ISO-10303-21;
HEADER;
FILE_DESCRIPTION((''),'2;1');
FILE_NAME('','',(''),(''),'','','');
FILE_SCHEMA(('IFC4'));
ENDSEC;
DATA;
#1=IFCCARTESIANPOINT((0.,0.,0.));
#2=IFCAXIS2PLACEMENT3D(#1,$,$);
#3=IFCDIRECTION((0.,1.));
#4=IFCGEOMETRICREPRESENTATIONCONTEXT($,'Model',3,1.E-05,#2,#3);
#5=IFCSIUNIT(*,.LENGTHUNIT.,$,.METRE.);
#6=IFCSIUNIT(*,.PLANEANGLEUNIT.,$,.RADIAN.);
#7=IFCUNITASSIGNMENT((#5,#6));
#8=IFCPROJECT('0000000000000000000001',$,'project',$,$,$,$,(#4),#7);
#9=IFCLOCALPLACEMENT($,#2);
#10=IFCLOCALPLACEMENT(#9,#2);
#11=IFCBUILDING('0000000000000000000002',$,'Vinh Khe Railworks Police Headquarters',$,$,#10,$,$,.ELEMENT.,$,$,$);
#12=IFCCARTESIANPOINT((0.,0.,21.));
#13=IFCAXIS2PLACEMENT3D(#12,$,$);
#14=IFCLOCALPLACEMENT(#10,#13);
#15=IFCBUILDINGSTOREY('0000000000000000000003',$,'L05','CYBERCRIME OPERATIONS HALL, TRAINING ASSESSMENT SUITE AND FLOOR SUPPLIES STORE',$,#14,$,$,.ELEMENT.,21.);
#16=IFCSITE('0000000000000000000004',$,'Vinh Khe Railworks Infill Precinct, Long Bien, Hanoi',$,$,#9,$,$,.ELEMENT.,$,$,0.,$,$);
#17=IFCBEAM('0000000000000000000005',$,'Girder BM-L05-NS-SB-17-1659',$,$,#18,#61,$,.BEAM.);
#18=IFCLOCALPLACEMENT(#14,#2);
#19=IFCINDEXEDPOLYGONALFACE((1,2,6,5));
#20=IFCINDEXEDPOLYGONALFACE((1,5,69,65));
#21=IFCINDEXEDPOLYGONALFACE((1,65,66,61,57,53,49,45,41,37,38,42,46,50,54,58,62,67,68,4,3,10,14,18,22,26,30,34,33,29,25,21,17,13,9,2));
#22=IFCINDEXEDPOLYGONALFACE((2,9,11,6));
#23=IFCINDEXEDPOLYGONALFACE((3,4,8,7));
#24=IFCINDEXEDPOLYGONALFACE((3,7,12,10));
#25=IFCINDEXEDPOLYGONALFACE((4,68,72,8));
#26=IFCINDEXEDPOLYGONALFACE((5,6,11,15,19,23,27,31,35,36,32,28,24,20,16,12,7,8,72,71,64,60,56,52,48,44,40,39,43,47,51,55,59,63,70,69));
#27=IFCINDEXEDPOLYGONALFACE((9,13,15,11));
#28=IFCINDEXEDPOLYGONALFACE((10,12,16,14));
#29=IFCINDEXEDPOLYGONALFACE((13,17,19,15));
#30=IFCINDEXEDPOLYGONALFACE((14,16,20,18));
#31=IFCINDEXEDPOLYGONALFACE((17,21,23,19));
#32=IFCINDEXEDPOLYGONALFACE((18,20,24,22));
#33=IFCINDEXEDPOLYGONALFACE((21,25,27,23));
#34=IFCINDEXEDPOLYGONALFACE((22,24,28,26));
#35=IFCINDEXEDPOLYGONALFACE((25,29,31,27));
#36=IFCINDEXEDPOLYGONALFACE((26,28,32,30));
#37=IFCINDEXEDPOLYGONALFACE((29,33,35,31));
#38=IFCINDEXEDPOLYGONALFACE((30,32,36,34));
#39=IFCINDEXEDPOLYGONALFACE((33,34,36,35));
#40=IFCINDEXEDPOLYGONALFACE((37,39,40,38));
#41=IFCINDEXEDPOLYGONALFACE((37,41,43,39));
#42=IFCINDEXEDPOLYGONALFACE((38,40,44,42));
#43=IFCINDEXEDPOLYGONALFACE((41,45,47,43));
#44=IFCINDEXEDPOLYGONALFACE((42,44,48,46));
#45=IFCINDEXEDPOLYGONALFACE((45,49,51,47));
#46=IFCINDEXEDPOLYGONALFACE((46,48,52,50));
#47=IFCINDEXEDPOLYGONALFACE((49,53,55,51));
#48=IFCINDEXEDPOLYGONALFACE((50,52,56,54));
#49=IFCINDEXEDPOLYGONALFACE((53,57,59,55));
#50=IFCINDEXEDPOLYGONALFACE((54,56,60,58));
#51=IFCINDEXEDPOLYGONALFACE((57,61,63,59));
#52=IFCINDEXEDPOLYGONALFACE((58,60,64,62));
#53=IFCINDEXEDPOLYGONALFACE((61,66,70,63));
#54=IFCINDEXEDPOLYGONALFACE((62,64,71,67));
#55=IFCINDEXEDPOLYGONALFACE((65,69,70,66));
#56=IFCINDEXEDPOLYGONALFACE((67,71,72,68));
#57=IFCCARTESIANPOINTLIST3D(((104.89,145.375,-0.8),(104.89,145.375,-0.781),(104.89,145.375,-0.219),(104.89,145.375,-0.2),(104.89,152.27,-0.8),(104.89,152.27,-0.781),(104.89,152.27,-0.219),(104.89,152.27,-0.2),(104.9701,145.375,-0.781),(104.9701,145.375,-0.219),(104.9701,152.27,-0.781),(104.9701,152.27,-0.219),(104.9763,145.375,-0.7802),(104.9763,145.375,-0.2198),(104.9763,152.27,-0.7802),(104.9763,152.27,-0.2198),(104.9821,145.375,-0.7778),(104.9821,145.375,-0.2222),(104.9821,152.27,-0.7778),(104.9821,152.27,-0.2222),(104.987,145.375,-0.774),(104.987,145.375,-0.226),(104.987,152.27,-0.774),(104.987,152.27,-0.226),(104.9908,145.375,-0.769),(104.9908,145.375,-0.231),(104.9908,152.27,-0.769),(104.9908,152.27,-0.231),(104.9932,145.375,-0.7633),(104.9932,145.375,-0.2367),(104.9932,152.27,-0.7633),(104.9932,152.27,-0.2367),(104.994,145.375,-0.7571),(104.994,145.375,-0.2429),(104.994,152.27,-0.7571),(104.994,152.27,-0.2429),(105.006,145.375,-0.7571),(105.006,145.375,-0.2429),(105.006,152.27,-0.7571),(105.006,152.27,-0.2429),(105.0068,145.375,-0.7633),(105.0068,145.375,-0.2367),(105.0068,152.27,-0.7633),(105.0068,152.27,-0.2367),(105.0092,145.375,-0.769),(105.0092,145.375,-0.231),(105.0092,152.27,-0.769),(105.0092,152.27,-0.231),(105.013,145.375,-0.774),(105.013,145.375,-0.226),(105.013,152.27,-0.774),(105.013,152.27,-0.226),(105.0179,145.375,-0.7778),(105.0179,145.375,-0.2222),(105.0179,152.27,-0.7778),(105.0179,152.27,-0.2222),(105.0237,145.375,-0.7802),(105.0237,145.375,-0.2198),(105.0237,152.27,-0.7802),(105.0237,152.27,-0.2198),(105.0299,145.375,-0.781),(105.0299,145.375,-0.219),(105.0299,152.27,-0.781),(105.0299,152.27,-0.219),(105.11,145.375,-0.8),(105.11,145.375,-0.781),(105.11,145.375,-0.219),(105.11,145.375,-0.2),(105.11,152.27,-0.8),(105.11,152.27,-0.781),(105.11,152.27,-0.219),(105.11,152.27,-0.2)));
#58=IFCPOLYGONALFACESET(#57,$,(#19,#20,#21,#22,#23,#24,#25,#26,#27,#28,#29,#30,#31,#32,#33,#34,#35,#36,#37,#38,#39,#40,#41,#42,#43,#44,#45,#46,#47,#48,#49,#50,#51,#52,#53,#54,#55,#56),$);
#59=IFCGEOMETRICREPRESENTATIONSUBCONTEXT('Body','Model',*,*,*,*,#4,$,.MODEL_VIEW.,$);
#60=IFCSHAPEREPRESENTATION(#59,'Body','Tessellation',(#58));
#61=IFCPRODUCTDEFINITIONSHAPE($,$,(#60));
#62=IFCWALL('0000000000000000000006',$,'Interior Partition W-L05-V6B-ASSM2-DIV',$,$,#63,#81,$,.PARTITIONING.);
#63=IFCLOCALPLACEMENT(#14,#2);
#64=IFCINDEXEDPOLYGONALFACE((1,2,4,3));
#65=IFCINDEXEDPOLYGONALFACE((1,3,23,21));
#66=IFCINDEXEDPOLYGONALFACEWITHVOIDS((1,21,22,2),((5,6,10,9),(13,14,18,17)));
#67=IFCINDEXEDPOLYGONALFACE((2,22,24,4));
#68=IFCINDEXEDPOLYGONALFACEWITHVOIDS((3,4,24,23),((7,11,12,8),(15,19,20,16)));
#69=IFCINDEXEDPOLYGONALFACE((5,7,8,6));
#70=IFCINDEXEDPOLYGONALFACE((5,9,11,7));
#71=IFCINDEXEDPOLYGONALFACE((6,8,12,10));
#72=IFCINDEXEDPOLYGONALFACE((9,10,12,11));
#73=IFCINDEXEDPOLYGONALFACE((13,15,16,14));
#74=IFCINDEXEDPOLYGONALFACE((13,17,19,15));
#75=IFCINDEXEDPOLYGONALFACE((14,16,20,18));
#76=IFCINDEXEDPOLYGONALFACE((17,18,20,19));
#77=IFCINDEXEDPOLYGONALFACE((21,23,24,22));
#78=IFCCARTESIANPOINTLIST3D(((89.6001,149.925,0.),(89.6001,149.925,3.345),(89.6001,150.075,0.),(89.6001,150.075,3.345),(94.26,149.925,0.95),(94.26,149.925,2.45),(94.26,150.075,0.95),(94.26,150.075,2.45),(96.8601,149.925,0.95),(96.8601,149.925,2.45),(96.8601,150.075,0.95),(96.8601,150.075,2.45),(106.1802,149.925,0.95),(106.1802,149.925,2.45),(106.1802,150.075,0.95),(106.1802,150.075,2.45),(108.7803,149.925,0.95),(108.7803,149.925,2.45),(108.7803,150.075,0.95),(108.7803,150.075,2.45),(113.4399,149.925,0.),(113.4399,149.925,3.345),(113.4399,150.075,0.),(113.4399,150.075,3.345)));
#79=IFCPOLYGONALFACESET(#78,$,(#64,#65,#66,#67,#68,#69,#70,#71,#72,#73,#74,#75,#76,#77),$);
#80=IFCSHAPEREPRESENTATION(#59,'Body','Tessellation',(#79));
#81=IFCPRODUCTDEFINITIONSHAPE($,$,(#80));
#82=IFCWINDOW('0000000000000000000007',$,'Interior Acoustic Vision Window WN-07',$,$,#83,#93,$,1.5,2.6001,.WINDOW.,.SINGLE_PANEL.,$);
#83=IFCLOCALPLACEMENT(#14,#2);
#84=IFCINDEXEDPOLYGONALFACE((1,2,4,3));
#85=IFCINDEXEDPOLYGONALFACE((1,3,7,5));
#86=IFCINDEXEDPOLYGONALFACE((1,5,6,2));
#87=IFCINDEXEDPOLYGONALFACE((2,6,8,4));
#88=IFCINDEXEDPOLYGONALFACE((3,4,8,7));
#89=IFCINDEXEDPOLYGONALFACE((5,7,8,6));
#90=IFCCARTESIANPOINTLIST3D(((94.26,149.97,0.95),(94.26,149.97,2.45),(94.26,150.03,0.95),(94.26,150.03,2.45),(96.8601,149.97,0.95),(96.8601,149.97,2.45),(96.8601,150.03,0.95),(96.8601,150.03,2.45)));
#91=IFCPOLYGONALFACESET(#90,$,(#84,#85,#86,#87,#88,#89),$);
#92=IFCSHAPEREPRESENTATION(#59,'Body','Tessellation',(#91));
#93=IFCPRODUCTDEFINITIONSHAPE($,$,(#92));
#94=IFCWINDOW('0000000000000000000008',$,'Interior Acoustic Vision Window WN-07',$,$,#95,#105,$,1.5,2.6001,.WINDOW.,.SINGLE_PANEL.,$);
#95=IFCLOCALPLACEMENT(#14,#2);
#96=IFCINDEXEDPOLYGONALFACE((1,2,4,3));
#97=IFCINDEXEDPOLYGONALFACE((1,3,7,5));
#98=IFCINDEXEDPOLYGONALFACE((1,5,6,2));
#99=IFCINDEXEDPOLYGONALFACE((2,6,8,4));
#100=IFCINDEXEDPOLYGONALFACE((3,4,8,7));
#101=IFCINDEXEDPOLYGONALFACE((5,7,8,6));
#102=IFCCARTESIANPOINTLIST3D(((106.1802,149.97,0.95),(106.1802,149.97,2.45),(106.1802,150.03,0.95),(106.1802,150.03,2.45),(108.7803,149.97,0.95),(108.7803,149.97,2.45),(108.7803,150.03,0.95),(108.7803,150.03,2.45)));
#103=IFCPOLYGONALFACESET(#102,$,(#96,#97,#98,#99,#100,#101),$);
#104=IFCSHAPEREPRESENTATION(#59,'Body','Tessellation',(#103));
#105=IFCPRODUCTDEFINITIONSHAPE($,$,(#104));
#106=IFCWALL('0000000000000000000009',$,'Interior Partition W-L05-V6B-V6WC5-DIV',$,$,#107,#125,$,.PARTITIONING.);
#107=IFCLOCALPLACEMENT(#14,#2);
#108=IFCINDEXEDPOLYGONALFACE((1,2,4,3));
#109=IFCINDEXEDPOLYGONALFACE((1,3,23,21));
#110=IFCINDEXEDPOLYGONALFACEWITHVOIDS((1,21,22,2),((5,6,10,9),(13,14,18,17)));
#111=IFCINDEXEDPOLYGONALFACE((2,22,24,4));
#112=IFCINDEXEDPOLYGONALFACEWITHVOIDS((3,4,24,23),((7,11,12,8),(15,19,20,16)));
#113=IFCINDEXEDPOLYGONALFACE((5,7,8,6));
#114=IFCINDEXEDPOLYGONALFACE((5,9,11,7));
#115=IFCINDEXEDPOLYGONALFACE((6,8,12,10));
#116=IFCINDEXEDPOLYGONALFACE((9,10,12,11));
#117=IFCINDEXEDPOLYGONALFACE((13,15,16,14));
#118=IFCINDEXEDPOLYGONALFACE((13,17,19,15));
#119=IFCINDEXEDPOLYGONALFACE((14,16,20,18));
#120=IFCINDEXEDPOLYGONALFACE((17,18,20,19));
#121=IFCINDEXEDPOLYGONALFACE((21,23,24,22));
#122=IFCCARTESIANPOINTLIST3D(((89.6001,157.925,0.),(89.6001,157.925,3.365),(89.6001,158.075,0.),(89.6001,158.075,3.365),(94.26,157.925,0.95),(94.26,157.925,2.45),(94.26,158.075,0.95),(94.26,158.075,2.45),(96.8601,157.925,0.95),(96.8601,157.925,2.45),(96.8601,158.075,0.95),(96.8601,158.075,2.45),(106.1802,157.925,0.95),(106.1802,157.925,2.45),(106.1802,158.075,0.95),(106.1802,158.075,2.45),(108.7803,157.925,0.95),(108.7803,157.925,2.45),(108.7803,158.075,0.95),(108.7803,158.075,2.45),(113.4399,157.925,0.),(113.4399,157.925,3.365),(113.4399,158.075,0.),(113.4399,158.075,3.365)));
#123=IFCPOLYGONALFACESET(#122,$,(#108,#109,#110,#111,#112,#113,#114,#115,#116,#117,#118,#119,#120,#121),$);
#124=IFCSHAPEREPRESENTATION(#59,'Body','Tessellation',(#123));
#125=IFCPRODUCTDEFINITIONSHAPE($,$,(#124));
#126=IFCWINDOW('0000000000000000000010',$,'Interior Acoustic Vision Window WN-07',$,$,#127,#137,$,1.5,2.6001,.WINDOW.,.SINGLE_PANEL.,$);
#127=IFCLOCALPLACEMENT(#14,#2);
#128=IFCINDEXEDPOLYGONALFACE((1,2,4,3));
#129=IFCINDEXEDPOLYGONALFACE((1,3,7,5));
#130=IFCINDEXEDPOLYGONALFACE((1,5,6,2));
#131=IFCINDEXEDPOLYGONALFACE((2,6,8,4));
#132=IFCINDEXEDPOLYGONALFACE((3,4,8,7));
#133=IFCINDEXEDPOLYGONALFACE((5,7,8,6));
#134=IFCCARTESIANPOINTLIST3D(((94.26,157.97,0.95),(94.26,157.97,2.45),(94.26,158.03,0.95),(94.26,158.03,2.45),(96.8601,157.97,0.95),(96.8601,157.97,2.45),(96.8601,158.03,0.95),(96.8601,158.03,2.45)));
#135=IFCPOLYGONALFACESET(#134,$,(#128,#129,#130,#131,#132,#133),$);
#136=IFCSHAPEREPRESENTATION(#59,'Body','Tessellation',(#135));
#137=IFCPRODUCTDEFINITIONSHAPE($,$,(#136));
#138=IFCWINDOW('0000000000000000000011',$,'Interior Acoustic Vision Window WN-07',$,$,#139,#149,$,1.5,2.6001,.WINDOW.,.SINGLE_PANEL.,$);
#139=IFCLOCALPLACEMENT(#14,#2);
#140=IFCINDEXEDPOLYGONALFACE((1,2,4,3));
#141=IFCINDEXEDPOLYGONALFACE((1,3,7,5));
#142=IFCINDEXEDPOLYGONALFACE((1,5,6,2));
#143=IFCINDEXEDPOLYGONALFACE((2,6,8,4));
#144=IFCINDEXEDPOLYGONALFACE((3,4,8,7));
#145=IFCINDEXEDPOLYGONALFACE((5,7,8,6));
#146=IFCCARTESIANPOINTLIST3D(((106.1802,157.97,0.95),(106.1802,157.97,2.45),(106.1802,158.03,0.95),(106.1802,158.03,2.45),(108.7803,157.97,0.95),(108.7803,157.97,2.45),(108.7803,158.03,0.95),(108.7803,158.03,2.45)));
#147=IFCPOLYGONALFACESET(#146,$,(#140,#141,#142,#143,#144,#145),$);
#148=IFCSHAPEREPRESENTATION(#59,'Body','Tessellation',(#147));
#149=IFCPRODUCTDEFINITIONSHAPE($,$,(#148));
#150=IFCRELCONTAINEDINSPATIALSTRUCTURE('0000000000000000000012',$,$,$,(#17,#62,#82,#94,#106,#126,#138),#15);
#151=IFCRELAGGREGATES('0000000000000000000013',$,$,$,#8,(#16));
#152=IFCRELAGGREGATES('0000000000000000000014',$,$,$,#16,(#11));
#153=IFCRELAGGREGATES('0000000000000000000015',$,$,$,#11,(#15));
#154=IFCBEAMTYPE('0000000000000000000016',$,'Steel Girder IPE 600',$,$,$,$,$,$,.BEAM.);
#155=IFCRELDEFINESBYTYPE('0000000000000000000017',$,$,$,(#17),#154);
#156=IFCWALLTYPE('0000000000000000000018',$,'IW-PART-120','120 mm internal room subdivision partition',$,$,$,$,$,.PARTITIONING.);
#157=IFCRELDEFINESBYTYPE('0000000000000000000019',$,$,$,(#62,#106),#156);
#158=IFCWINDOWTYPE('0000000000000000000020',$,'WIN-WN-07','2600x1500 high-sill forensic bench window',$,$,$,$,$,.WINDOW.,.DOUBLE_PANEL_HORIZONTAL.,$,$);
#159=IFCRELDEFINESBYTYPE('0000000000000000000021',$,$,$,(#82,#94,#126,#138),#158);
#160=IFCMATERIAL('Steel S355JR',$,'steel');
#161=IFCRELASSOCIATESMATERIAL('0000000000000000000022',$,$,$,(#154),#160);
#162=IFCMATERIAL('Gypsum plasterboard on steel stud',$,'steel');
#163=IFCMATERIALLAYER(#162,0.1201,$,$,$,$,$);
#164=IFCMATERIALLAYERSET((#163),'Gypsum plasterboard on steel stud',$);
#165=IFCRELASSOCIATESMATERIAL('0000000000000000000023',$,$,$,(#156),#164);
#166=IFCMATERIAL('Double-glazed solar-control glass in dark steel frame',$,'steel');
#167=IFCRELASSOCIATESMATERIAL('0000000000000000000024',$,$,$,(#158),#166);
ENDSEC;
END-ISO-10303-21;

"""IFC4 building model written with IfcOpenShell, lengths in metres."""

from ifc_helpers import new_model, si_unit, direction, frame, frame_2d, origin, origin_2d, place, context, subcontext, project, spatial, rectangle, i_section, extrude, material, layer, layer_set, material_profile, profile_set, type_object, element, fill, save


model = new_model("IFC4")

# Units and contexts
model_context = context("Model", 3, precision=1e-05, world=origin(), true_north=direction((0.0, 1.0)))
body_context = subcontext(model_context, "Body", "Model", "MODEL_VIEW")
ifc_project = project(units=[si_unit("LENGTHUNIT", "METRE"), si_unit("PLANEANGLEUNIT", "RADIAN")], contexts=[model_context])

# Site, building, storey
site_placement = place(None, origin())
site = spatial("IfcSite", under=ifc_project, at=site_placement, Name="Vinh Khe Railworks Infill Precinct, Long Bien, Hanoi", CompositionType="ELEMENT", RefElevation=0.0)
building_placement = place(site_placement, origin())
building = spatial("IfcBuilding", under=site, at=building_placement, Name="Vinh Khe Railworks Police Headquarters", CompositionType="ELEMENT")
storey_placement = place(building_placement, frame((0.0, 0.0, 21.0)))
storey = spatial("IfcBuildingStorey", under=building, at=storey_placement, Name="L05", Description="CYBERCRIME OPERATIONS HALL, TRAINING ASSESSMENT SUITE AND FLOOR SUPPLIES STORE", CompositionType="ELEMENT", Elevation=21.0)

# Shared definitions
ifc_material_1 = material(Name="Steel S355JR", Category="steel")

# Beam
ifc_material_profile_1 = material_profile(ifc_material_1, i_section(OverallWidth=0.22, OverallDepth=0.6001, WebThickness=0.012, FlangeThickness=0.019, FilletRadius=0.0239, at=origin_2d()), Name="IPE 600")
ifc_profile_set_1 = profile_set([ifc_material_profile_1], Name="Steel S355JR")
beam_type_1 = type_object("IfcBeamType", Name="Steel Girder IPE 600", PredefinedType="BEAM", material=ifc_profile_set_1)
for number, where, z_axis, x_axis, name in (
    (1, (105.0, 145.375, -0.5), (0.0, 1.0, 0.0), (-1.0, 0.0, 0.0), "Girder BM-L05-NS-SB-17-1659"),
):
    element("IfcBeam", number, at=place(storey_placement, frame(where, z_axis=z_axis, x_axis=x_axis)), inside=storey, type_object=beam_type_1, Name=name, PredefinedType="BEAM", context=body_context, shape_type="SweptSolid", body=[
        extrude(i_section(OverallWidth=0.22, OverallDepth=0.6001, WebThickness=0.012, FlangeThickness=0.019, FilletRadius=0.0239, at=origin_2d()), origin(), (0.0, 0.0, 1.0), 6.895),
    ])

# Walls, openings, windows
ifc_material_2 = material(Name="Gypsum plasterboard on steel stud", Category="steel")
ifc_layer_1 = layer(ifc_material_2, 0.1201)
ifc_layer_set_1 = layer_set([ifc_layer_1], Name="Gypsum plasterboard on steel stud")
wall_type_1 = type_object("IfcWallType", Name="IW-PART-120", Description="120 mm internal room subdivision partition", PredefinedType="PARTITIONING", material=ifc_layer_set_1)
wall_1_placement = place(storey_placement, frame((89.6001, 150.0, 0.0), z_axis=(0.0, 0.0, 1.0), x_axis=(1.0, 0.0, 0.0)))
wall_1 = element("IfcWall", 2, at=wall_1_placement, inside=storey, type_object=wall_type_1, Name="Interior Partition W-L05-V6B-ASSM2-DIV", PredefinedType="PARTITIONING", context=body_context, shape_type="SweptSolid", body=[
    extrude(rectangle(XDim=23.8398, YDim=0.1499, at=frame_2d((11.9199, 0.0))), origin(), (0.0, 0.0, 1.0), 3.345),
])
opening_1_placement = place(wall_1_placement, frame((4.6599, 0.0, 0.95)))
opening_1 = element("IfcOpeningElement", 3, at=opening_1_placement, cuts=wall_1, PredefinedType="OPENING", context=body_context, shape_type="SweptSolid", body=[
    extrude(rectangle(XDim=2.6001, YDim=1.5, at=frame_2d((1.3, 0.75))), frame((0.0, 0.0898, 0.0), z_axis=(0.0, -1.0, 0.0), x_axis=(1.0, 0.0, 0.0)), (0.0, 0.0, 1.0), 0.1797),
])
opening_2_placement = place(wall_1_placement, frame((16.5801, 0.0, 0.95)))
opening_2 = element("IfcOpeningElement", 4, at=opening_2_placement, cuts=wall_1, PredefinedType="OPENING", context=body_context, shape_type="SweptSolid", body=[
    extrude(rectangle(XDim=2.6001, YDim=1.5, at=frame_2d((1.3, 0.75))), frame((0.0, 0.0898, 0.0), z_axis=(0.0, -1.0, 0.0), x_axis=(1.0, 0.0, 0.0)), (0.0, 0.0, 1.0), 0.1797),
])
ifc_material_3 = material(Name="Double-glazed solar-control glass in dark steel frame", Category="steel")
window_type = type_object("IfcWindowType", Name="WIN-WN-07", Description="2600x1500 high-sill forensic bench window", PartitioningType="DOUBLE_PANEL_HORIZONTAL", PredefinedType="WINDOW", material=ifc_material_3)
window_1_placement = place(opening_1_placement, origin())
window_1 = element("IfcWindow", 5, at=window_1_placement, inside=storey, type_object=window_type, Name="Interior Acoustic Vision Window WN-07", OverallHeight=1.5, OverallWidth=2.6001, PartitioningType="SINGLE_PANEL", PredefinedType="WINDOW", context=body_context, shape_type="SweptSolid", body=[
    extrude(rectangle(XDim=2.6001, YDim=1.5, at=frame_2d((1.3, 0.75))), frame((0.0, 0.03, 0.0), z_axis=(0.0, -1.0, 0.0), x_axis=(1.0, 0.0, 0.0)), (0.0, 0.0, 1.0), 0.0601),
])
fill(opening_1, window_1)
window_2_placement = place(opening_2_placement, origin())
window_2 = element("IfcWindow", 6, at=window_2_placement, inside=storey, type_object=window_type, Name="Interior Acoustic Vision Window WN-07", OverallHeight=1.5, OverallWidth=2.6001, PartitioningType="SINGLE_PANEL", PredefinedType="WINDOW", context=body_context, shape_type="SweptSolid", body=[
    extrude(rectangle(XDim=2.6001, YDim=1.5, at=frame_2d((1.3, 0.75))), frame((0.0, 0.03, 0.0), z_axis=(0.0, -1.0, 0.0), x_axis=(1.0, 0.0, 0.0)), (0.0, 0.0, 1.0), 0.0601),
])
fill(opening_2, window_2)
wall_2_placement = place(storey_placement, frame((89.6001, 158.0, 0.0), z_axis=(0.0, 0.0, 1.0), x_axis=(1.0, 0.0, 0.0)))
wall_2 = element("IfcWall", 7, at=wall_2_placement, inside=storey, type_object=wall_type_1, Name="Interior Partition W-L05-V6B-V6WC5-DIV", PredefinedType="PARTITIONING", context=body_context, shape_type="SweptSolid", body=[
    extrude(rectangle(XDim=23.8398, YDim=0.1499, at=frame_2d((11.9199, 0.0))), origin(), (0.0, 0.0, 1.0), 3.365),
])
opening_3_placement = place(wall_2_placement, frame((4.6599, 0.0, 0.95)))
opening_3 = element("IfcOpeningElement", 8, at=opening_3_placement, cuts=wall_2, PredefinedType="OPENING", context=body_context, shape_type="SweptSolid", body=[
    extrude(rectangle(XDim=2.6001, YDim=1.5, at=frame_2d((1.3, 0.75))), frame((0.0, 0.0898, 0.0), z_axis=(0.0, -1.0, 0.0), x_axis=(1.0, 0.0, 0.0)), (0.0, 0.0, 1.0), 0.1797),
])
opening_4_placement = place(wall_2_placement, frame((16.5801, 0.0, 0.95)))
opening_4 = element("IfcOpeningElement", 9, at=opening_4_placement, cuts=wall_2, PredefinedType="OPENING", context=body_context, shape_type="SweptSolid", body=[
    extrude(rectangle(XDim=2.6001, YDim=1.5, at=frame_2d((1.3, 0.75))), frame((0.0, 0.0898, 0.0), z_axis=(0.0, -1.0, 0.0), x_axis=(1.0, 0.0, 0.0)), (0.0, 0.0, 1.0), 0.1797),
])
window_3_placement = place(opening_3_placement, origin())
window_3 = element("IfcWindow", 10, at=window_3_placement, inside=storey, type_object=window_type, Name="Interior Acoustic Vision Window WN-07", OverallHeight=1.5, OverallWidth=2.6001, PartitioningType="SINGLE_PANEL", PredefinedType="WINDOW", context=body_context, shape_type="SweptSolid", body=[
    extrude(rectangle(XDim=2.6001, YDim=1.5, at=frame_2d((1.3, 0.75))), frame((0.0, 0.03, 0.0), z_axis=(0.0, -1.0, 0.0), x_axis=(1.0, 0.0, 0.0)), (0.0, 0.0, 1.0), 0.0601),
])
fill(opening_3, window_3)
window_4_placement = place(opening_4_placement, origin())
window_4 = element("IfcWindow", 11, at=window_4_placement, inside=storey, type_object=window_type, Name="Interior Acoustic Vision Window WN-07", OverallHeight=1.5, OverallWidth=2.6001, PartitioningType="SINGLE_PANEL", PredefinedType="WINDOW", context=body_context, shape_type="SweptSolid", body=[
    extrude(rectangle(XDim=2.6001, YDim=1.5, at=frame_2d((1.3, 0.75))), frame((0.0, 0.03, 0.0), z_axis=(0.0, -1.0, 0.0), x_axis=(1.0, 0.0, 0.0)), (0.0, 0.0, 1.0), 0.0601),
])
fill(opening_4, window_4)

save(model, "model.ifc")
